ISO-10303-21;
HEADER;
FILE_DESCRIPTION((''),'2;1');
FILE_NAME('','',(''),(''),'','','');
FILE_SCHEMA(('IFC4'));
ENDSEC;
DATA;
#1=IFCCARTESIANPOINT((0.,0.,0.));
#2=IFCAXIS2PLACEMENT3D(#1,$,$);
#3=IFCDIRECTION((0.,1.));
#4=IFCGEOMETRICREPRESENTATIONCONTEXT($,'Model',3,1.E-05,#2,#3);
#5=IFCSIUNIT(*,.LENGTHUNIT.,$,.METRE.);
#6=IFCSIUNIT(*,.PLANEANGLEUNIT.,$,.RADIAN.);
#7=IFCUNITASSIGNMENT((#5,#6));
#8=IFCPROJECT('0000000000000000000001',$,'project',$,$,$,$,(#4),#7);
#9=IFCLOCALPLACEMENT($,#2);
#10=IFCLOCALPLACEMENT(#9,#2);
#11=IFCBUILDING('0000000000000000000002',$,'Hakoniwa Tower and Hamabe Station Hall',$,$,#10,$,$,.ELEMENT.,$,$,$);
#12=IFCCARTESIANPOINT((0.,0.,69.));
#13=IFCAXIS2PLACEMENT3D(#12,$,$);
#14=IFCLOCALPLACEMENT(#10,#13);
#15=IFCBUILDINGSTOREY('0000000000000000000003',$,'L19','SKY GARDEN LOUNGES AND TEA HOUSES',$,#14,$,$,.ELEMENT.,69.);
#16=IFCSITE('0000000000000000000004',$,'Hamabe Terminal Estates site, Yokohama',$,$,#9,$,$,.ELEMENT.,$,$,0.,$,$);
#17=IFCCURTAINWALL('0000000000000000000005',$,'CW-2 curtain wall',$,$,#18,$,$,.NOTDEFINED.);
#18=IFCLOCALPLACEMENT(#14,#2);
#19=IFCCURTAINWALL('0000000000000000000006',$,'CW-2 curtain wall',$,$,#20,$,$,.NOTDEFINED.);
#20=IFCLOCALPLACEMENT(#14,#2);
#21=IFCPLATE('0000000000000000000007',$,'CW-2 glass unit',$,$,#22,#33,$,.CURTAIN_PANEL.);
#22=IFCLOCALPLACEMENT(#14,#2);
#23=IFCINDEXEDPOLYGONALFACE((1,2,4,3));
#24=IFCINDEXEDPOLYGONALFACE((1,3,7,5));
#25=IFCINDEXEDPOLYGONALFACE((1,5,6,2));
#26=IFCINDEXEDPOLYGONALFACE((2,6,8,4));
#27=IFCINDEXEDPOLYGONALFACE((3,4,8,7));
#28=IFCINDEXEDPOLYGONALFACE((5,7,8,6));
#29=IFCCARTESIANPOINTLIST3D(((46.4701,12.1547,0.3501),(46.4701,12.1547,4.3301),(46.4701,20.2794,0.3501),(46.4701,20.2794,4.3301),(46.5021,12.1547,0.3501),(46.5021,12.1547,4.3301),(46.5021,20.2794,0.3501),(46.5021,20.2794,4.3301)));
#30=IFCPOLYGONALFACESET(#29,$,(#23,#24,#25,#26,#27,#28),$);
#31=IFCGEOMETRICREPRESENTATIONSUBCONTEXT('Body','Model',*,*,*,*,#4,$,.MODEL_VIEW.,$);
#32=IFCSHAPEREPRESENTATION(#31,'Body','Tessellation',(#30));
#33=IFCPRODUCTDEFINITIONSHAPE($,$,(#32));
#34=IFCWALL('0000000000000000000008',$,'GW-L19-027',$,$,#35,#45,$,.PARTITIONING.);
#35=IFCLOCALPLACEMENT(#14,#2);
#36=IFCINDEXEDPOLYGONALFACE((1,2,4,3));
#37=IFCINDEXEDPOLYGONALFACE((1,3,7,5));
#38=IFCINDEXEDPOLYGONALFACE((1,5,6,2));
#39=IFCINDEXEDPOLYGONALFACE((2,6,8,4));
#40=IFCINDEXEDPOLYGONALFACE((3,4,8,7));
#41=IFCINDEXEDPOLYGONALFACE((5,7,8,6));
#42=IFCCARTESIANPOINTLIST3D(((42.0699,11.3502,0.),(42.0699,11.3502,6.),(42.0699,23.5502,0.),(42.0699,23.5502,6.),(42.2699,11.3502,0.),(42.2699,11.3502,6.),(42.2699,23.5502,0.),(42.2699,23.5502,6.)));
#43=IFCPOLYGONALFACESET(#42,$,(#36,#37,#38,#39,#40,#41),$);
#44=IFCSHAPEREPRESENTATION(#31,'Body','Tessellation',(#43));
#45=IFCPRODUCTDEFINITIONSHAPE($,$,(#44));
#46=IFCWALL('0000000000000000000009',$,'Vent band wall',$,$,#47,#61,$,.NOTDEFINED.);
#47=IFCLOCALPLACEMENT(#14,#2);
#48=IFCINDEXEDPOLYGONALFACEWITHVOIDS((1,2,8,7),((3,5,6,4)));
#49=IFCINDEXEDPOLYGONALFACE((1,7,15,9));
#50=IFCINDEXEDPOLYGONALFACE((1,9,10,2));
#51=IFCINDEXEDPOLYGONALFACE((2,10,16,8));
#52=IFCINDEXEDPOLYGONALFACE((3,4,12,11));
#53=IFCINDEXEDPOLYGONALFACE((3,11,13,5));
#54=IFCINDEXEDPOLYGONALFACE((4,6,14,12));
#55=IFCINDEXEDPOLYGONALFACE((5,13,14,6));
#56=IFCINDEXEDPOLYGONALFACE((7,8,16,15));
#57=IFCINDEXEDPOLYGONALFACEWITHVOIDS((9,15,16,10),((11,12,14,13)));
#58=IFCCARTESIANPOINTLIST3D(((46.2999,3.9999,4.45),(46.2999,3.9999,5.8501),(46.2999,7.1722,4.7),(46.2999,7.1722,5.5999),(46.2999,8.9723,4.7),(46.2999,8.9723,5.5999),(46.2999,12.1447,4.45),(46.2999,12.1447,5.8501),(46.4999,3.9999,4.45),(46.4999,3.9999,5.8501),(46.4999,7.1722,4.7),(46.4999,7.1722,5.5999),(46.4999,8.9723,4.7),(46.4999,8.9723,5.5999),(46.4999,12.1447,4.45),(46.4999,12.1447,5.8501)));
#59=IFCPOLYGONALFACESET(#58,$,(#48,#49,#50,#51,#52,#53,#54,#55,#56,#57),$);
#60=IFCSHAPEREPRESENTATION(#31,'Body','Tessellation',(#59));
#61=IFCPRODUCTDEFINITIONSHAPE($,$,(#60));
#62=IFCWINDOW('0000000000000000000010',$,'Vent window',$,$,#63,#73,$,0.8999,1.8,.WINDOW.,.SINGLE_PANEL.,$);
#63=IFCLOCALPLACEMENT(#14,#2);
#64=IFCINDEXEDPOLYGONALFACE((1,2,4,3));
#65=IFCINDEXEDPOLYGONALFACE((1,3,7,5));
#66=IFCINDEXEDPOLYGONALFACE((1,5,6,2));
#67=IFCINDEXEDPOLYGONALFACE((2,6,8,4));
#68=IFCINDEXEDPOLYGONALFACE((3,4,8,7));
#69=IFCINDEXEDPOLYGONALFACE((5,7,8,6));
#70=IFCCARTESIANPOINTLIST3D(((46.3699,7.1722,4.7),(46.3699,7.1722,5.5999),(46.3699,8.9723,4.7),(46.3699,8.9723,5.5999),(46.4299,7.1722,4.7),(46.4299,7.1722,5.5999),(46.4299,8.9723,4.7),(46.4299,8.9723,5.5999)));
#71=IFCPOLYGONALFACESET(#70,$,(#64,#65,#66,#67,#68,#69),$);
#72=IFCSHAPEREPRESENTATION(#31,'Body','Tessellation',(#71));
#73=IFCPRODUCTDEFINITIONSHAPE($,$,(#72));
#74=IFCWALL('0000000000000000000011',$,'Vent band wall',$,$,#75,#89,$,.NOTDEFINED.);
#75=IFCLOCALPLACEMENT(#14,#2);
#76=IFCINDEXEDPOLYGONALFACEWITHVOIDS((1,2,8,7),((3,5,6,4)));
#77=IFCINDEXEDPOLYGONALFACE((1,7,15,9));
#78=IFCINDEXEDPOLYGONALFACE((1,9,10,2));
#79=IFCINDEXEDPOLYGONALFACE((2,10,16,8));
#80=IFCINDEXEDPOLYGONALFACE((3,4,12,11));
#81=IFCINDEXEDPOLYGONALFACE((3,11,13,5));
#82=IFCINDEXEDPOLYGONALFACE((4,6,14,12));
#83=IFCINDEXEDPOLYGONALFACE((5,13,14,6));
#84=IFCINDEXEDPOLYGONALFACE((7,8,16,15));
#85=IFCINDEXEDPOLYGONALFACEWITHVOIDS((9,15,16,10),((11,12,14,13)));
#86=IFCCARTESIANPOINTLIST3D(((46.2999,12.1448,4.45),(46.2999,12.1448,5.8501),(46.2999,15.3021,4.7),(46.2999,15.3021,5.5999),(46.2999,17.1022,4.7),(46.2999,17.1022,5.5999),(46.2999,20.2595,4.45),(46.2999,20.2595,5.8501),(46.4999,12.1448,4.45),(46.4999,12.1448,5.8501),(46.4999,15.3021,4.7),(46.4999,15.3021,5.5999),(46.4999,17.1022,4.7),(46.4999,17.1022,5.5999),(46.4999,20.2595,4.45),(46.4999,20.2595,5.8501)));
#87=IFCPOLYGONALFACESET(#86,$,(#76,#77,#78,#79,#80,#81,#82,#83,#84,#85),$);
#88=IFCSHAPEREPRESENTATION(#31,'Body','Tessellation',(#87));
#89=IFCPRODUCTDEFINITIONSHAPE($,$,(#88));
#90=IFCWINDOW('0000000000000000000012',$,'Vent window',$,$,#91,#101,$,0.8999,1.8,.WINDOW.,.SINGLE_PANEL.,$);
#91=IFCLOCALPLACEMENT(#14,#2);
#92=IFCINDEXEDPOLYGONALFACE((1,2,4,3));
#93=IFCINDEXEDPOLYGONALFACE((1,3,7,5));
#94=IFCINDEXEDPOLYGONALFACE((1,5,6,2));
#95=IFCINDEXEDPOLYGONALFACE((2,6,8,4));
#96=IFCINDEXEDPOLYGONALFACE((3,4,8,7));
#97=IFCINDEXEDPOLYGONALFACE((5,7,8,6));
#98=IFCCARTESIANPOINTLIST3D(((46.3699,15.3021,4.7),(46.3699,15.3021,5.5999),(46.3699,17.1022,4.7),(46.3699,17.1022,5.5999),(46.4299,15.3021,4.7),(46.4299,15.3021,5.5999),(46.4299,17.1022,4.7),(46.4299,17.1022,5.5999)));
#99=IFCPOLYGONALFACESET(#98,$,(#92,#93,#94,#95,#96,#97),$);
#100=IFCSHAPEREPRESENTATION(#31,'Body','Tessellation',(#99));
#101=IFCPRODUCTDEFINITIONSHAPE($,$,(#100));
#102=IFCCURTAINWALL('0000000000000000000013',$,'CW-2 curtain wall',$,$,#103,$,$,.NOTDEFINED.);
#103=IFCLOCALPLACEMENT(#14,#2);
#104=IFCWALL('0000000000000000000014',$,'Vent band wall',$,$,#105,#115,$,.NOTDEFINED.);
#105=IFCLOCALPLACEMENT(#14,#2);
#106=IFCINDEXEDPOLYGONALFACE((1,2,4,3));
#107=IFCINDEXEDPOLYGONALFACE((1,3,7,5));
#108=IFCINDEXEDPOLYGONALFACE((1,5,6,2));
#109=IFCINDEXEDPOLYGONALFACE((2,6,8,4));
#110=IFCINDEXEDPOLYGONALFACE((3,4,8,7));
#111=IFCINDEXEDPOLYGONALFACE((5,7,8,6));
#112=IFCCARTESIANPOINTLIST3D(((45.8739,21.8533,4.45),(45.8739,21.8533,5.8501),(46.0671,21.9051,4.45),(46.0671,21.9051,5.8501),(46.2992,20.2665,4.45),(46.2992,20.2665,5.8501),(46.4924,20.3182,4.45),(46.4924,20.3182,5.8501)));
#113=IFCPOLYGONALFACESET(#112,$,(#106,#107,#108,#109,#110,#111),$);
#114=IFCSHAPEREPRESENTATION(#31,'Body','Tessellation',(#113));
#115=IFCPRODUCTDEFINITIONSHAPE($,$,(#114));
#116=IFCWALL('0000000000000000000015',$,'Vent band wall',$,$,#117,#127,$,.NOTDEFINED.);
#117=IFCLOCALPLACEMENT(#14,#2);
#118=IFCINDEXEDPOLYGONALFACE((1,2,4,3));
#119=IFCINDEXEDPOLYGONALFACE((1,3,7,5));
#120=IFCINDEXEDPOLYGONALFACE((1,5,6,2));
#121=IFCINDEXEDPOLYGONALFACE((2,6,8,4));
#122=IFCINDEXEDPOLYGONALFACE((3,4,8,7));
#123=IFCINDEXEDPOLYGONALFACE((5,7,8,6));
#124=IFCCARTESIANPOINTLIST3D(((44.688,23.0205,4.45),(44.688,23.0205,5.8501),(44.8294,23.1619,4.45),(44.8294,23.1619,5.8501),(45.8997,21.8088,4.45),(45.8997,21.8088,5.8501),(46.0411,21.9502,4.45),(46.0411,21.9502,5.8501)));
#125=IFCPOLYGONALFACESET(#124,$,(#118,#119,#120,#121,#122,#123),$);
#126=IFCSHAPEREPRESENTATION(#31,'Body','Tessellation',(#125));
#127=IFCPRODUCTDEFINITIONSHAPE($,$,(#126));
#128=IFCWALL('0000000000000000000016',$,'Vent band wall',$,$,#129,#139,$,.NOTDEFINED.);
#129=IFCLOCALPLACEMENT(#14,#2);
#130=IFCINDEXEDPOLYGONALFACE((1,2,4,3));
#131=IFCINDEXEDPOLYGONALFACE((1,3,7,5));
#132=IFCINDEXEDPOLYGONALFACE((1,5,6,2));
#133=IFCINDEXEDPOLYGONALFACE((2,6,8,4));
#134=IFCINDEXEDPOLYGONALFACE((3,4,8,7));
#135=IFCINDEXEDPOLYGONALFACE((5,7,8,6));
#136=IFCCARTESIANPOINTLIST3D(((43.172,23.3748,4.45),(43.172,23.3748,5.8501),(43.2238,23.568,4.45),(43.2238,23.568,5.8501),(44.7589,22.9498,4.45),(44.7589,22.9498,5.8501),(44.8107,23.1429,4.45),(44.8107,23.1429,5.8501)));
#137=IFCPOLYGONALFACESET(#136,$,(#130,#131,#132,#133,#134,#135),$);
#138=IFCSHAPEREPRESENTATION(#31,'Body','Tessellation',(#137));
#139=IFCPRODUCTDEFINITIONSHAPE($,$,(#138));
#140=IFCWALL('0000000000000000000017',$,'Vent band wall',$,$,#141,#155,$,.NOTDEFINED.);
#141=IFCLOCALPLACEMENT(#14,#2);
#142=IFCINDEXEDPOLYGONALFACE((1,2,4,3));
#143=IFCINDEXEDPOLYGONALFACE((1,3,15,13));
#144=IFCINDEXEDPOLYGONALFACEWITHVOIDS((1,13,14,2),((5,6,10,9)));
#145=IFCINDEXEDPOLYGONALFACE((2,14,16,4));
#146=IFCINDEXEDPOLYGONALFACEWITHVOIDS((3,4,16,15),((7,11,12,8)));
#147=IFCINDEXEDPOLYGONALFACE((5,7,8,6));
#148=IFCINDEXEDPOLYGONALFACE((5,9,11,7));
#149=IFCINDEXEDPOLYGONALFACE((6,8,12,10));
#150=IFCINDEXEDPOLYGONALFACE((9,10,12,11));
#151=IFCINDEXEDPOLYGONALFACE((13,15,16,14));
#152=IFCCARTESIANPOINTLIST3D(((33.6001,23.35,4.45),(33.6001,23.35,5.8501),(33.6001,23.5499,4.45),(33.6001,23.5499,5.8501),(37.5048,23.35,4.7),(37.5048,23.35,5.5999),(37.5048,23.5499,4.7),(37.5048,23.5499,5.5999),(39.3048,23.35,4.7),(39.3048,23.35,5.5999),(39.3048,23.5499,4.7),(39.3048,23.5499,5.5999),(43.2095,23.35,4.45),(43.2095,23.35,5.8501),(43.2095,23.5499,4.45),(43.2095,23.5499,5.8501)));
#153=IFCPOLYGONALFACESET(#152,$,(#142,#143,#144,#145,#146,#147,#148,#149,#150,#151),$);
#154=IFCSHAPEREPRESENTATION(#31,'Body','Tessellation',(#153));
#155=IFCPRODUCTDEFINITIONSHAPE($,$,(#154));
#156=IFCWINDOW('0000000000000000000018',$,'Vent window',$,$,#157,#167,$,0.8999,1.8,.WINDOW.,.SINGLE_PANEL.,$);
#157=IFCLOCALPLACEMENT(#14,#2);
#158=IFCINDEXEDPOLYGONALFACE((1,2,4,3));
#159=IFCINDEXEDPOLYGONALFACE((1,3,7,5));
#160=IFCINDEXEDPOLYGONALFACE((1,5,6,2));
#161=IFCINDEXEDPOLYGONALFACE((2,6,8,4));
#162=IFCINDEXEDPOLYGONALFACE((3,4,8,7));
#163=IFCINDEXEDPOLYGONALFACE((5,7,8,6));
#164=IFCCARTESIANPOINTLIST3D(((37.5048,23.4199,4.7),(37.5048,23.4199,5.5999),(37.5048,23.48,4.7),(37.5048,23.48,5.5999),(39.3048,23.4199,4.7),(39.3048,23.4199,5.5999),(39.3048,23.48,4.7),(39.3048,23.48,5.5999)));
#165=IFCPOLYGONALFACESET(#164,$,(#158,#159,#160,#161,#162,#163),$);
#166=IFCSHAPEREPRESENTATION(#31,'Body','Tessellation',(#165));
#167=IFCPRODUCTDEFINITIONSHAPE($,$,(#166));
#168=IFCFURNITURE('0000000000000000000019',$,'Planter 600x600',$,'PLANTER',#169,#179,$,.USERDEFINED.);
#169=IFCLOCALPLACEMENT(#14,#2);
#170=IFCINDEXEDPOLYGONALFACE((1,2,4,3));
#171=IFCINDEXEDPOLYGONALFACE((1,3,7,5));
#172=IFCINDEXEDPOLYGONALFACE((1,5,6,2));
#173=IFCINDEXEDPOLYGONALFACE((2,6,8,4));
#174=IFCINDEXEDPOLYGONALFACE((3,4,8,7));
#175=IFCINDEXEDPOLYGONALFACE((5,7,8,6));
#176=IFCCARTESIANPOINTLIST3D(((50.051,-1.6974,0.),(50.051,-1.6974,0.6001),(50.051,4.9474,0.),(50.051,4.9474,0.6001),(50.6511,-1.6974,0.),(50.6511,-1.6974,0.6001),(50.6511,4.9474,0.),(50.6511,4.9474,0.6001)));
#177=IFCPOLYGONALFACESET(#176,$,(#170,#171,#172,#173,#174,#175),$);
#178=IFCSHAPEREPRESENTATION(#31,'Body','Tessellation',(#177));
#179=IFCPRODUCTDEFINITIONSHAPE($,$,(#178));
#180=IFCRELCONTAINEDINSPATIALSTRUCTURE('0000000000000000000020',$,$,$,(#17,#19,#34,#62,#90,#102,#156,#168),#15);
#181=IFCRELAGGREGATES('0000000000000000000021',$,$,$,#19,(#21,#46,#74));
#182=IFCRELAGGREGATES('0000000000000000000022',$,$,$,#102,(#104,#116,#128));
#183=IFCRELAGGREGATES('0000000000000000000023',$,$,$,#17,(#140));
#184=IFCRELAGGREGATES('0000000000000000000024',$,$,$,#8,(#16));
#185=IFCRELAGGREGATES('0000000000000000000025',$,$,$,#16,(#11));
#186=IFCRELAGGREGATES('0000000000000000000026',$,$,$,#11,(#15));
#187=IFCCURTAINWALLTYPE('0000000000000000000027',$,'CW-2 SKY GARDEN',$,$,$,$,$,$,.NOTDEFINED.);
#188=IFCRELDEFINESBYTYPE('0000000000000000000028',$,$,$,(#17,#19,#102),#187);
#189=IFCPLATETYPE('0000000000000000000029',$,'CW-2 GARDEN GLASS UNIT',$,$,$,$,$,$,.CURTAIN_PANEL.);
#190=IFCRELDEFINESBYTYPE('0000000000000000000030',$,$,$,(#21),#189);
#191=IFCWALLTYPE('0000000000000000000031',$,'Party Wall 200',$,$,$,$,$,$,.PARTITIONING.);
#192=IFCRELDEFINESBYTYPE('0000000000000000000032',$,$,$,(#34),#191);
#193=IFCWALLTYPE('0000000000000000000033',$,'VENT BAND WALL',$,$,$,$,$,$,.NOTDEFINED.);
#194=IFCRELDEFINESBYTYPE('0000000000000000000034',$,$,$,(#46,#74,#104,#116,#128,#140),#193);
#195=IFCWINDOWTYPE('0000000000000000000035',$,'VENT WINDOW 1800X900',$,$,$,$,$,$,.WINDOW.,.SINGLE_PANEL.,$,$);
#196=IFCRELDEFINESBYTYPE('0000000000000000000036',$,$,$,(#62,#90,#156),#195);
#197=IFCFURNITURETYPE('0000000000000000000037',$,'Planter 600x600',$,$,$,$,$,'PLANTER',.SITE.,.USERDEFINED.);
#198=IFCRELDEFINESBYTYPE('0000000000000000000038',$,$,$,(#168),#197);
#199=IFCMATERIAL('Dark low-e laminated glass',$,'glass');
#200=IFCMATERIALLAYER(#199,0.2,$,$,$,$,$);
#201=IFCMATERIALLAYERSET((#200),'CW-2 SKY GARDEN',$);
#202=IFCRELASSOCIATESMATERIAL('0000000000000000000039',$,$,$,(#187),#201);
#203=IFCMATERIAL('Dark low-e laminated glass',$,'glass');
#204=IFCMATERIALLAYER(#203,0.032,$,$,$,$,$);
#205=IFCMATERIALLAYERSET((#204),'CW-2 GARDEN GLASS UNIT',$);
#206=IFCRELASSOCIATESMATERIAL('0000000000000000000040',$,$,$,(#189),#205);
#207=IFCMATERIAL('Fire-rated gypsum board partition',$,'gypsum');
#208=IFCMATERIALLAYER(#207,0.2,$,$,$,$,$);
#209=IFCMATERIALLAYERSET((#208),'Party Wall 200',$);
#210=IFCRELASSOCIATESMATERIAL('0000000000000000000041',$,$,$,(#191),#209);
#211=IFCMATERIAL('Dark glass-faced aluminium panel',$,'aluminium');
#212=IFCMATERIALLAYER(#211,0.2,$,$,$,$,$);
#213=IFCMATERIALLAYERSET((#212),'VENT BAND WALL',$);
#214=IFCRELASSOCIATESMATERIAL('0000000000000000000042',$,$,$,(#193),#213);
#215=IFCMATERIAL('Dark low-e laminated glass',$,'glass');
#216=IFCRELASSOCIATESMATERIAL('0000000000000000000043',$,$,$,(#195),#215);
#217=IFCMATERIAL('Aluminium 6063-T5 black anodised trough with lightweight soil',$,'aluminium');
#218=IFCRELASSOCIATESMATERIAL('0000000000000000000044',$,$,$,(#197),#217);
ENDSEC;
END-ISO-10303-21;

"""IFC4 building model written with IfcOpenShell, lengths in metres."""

from ifc_helpers import new_model, si_unit, direction, frame, frame_2d, origin, origin_2d, place, context, subcontext, project, spatial, rectangle, extrude, material, layer, layer_set, type_object, element, fill, aggregate, save


model = new_model("IFC4")

# Units and contexts
model_context = context("Model", 3, precision=1e-05, world=origin(), true_north=direction((0.0, 1.0)))
body_context = subcontext(model_context, "Body", "Model", "MODEL_VIEW")
ifc_project = project(units=[si_unit("LENGTHUNIT", "METRE"), si_unit("PLANEANGLEUNIT", "RADIAN")], contexts=[model_context])

# Site, building, storey
site_placement = place(None, origin())
site = spatial("IfcSite", under=ifc_project, at=site_placement, Name="Hamabe Terminal Estates site, Yokohama", CompositionType="ELEMENT", RefElevation=0.0)
building_placement = place(site_placement, origin())
building = spatial("IfcBuilding", under=site, at=building_placement, Name="Hakoniwa Tower and Hamabe Station Hall", CompositionType="ELEMENT")
storey_placement = place(building_placement, frame((0.0, 0.0, 69.0)))
storey = spatial("IfcBuildingStorey", under=building, at=storey_placement, Name="L19", Description="SKY GARDEN LOUNGES AND TEA HOUSES", CompositionType="ELEMENT", Elevation=69.0)

# Curtain walls
ifc_material_1 = material(Name="Dark low-e laminated glass", Category="glass")
ifc_layer_1 = layer(ifc_material_1, 0.2)
ifc_layer_set_1 = layer_set([ifc_layer_1], Name="CW-2 SKY GARDEN")
curtain_wall_type = type_object("IfcCurtainWallType", Name="CW-2 SKY GARDEN", PredefinedType="NOTDEFINED", material=ifc_layer_set_1)
curtain_wall_1_placement = place(storey_placement, origin())
curtain_wall_1 = element("IfcCurtainWall", 1, at=curtain_wall_1_placement, inside=storey, type_object=curtain_wall_type, Name="CW-2 curtain wall", PredefinedType="NOTDEFINED")
curtain_wall_2_placement = place(storey_placement, origin())
curtain_wall_2 = element("IfcCurtainWall", 2, at=curtain_wall_2_placement, inside=storey, type_object=curtain_wall_type, Name="CW-2 curtain wall", PredefinedType="NOTDEFINED")

# Plate
ifc_material_2 = material(Name="Dark low-e laminated glass", Category="glass")
ifc_layer_2 = layer(ifc_material_2, 0.032)
ifc_layer_set_2 = layer_set([ifc_layer_2], Name="CW-2 GARDEN GLASS UNIT")
plate_type = type_object("IfcPlateType", Name="CW-2 GARDEN GLASS UNIT", PredefinedType="CURTAIN_PANEL", material=ifc_layer_set_2)
plate_1_placement = place(storey_placement, frame((46.4861, 16.217, 0.3501), z_axis=(0.0, 0.0, 1.0), x_axis=(0.0, 1.0, 0.0)))
plate_1 = element("IfcPlate", 3, at=plate_1_placement, type_object=plate_type, Name="CW-2 glass unit", PredefinedType="CURTAIN_PANEL", context=body_context, shape_type="SweptSolid", body=[
    extrude(rectangle(XDim=8.1248, YDim=0.032, at=origin_2d()), origin(), (0.0, 0.0, 1.0), 3.98),
])

# Wall
ifc_material_3 = material(Name="Fire-rated gypsum board partition", Category="gypsum")
ifc_layer_3 = layer(ifc_material_3, 0.2)
ifc_layer_set_3 = layer_set([ifc_layer_3], Name="Party Wall 200")
wall_type_1 = type_object("IfcWallType", Name="Party Wall 200", PredefinedType="PARTITIONING", material=ifc_layer_set_3)
wall_1_placement = place(storey_placement, frame((42.1699, 11.3501, 0.0), z_axis=(0.0, 0.0, 1.0), x_axis=(0.0, 1.0, 0.0)))
element("IfcWall", 4, at=wall_1_placement, inside=storey, type_object=wall_type_1, Name="GW-L19-027", PredefinedType="PARTITIONING", context=body_context, shape_type="SweptSolid", body=[
    extrude(rectangle(XDim=12.2, YDim=0.2, at=frame_2d((6.1001, 0.0))), origin(), (0.0, 0.0, 1.0), 6.0),
])

# Walls, openings, windows
ifc_material_4 = material(Name="Dark glass-faced aluminium panel", Category="aluminium")
ifc_layer_4 = layer(ifc_material_4, 0.2)
ifc_layer_set_4 = layer_set([ifc_layer_4], Name="VENT BAND WALL")
wall_type_2 = type_object("IfcWallType", Name="VENT BAND WALL", PredefinedType="NOTDEFINED", material=ifc_layer_set_4)
wall_2_placement = place(storey_placement, frame((46.3999, 4.0, 4.45), z_axis=(0.0, 0.0, 1.0), x_axis=(0.0, 1.0, 0.0)))
wall_2 = element("IfcWall", 5, at=wall_2_placement, type_object=wall_type_2, Name="Vent band wall", PredefinedType="NOTDEFINED", context=body_context, shape_type="SweptSolid", body=[
    extrude(rectangle(XDim=8.1448, YDim=0.2, at=frame_2d((4.0723, 0.0))), origin(), (0.0, 0.0, 1.0), 1.4001),
])
opening_1_placement = place(wall_2_placement, frame((3.1724, 0.0, 0.25)))
opening_1 = element("IfcOpeningElement", 6, at=opening_1_placement, cuts=wall_2, PredefinedType="OPENING", context=body_context, shape_type="SweptSolid", body=[
    extrude(rectangle(XDim=1.8, YDim=0.8999, at=frame_2d((0.8999, 0.45))), frame((0.0, 0.1099, 0.0), z_axis=(0.0, -1.0, 0.0), x_axis=(1.0, 0.0, 0.0)), (0.0, 0.0, 1.0), 0.22),
])
ifc_material_5 = material(Name="Dark low-e laminated glass", Category="glass")
window_type = type_object("IfcWindowType", Name="VENT WINDOW 1800X900", PartitioningType="SINGLE_PANEL", PredefinedType="WINDOW", material=ifc_material_5)
window_1_placement = place(opening_1_placement, origin())
window_1 = element("IfcWindow", 7, at=window_1_placement, inside=storey, type_object=window_type, Name="Vent window", OverallHeight=0.8999, OverallWidth=1.8, PartitioningType="SINGLE_PANEL", PredefinedType="WINDOW", context=body_context, shape_type="SweptSolid", body=[
    extrude(rectangle(XDim=1.8, YDim=0.8999, at=frame_2d((0.8999, 0.45))), frame((0.0, 0.03, 0.0), z_axis=(0.0, -1.0, 0.0), x_axis=(1.0, 0.0, 0.0)), (0.0, 0.0, 1.0), 0.0601),
])
fill(opening_1, window_1)
wall_3_placement = place(storey_placement, frame((46.3999, 12.1448, 4.45), z_axis=(0.0, 0.0, 1.0), x_axis=(0.0, 1.0, 0.0)))
wall_3 = element("IfcWall", 8, at=wall_3_placement, type_object=wall_type_2, Name="Vent band wall", PredefinedType="NOTDEFINED", context=body_context, shape_type="SweptSolid", body=[
    extrude(rectangle(XDim=8.1147, YDim=0.2, at=frame_2d((4.0574, 0.0))), origin(), (0.0, 0.0, 1.0), 1.4001),
])
opening_2_placement = place(wall_3_placement, frame((3.1575, 0.0, 0.25)))
opening_2 = element("IfcOpeningElement", 9, at=opening_2_placement, cuts=wall_3, PredefinedType="OPENING", context=body_context, shape_type="SweptSolid", body=[
    extrude(rectangle(XDim=1.8, YDim=0.8999, at=frame_2d((0.8999, 0.45))), frame((0.0, 0.1099, 0.0), z_axis=(0.0, -1.0, 0.0), x_axis=(1.0, 0.0, 0.0)), (0.0, 0.0, 1.0), 0.22),
])
window_2_placement = place(opening_2_placement, origin())
window_2 = element("IfcWindow", 10, at=window_2_placement, inside=storey, type_object=window_type, Name="Vent window", OverallHeight=0.8999, OverallWidth=1.8, PartitioningType="SINGLE_PANEL", PredefinedType="WINDOW", context=body_context, shape_type="SweptSolid", body=[
    extrude(rectangle(XDim=1.8, YDim=0.8999, at=frame_2d((0.8999, 0.45))), frame((0.0, 0.03, 0.0), z_axis=(0.0, -1.0, 0.0), x_axis=(1.0, 0.0, 0.0)), (0.0, 0.0, 1.0), 0.0601),
])
fill(opening_2, window_2)
aggregate(curtain_wall_2, [plate_1, wall_2, wall_3])

# Curtain wall, walls
curtain_wall_3_placement = place(storey_placement, origin())
curtain_wall_3 = element("IfcCurtainWall", 11, at=curtain_wall_3_placement, inside=storey, type_object=curtain_wall_type, Name="CW-2 curtain wall", PredefinedType="NOTDEFINED")
wall_4_placement = place(storey_placement, frame((46.3958, 20.2925, 4.45), z_axis=(0.0, 0.0, 1.0), x_axis=(-0.258865, 0.965914, 0.0)))
wall_4 = element("IfcWall", 12, at=wall_4_placement, type_object=wall_type_2, Name="Vent band wall", PredefinedType="NOTDEFINED", context=body_context, shape_type="SweptSolid", body=[
    extrude(rectangle(XDim=1.6428, YDim=0.2, at=frame_2d((0.8213, 0.0))), origin(), (0.0, 0.0, 1.0), 1.4001),
])
wall_5_placement = place(storey_placement, frame((45.9705, 21.8794, 4.45), z_axis=(0.0, 0.0, 1.0), x_axis=(-0.707107, 0.707107, 0.0)))
wall_5 = element("IfcWall", 13, at=wall_5_placement, type_object=wall_type_2, Name="Vent band wall", PredefinedType="NOTDEFINED", context=body_context, shape_type="SweptSolid", body=[
    extrude(rectangle(XDim=1.7136, YDim=0.2, at=frame_2d((0.8569, 0.0))), origin(), (0.0, 0.0, 1.0), 1.4001),
])
wall_6_placement = place(storey_placement, frame((44.7847, 23.0464, 4.45), z_axis=(0.0, 0.0, 1.0), x_axis=(-0.965951, 0.258726, 0.0)))
wall_6 = element("IfcWall", 14, at=wall_6_placement, type_object=wall_type_2, Name="Vent band wall", PredefinedType="NOTDEFINED", context=body_context, shape_type="SweptSolid", body=[
    extrude(rectangle(XDim=1.6428, YDim=0.2, at=frame_2d((0.8213, 0.0))), origin(), (0.0, 0.0, 1.0), 1.4001),
])
aggregate(curtain_wall_3, [wall_4, wall_5, wall_6])

# Wall, opening, window
wall_7_placement = place(storey_placement, frame((43.2095, 23.45, 4.45), z_axis=(0.0, 0.0, 1.0), x_axis=(-1.0, 0.0, 0.0)))
wall_7 = element("IfcWall", 15, at=wall_7_placement, type_object=wall_type_2, Name="Vent band wall", PredefinedType="NOTDEFINED", context=body_context, shape_type="SweptSolid", body=[
    extrude(rectangle(XDim=9.6094, YDim=0.2, at=frame_2d((4.8047, 0.0))), origin(), (0.0, 0.0, 1.0), 1.4001),
])
opening_3_placement = place(wall_7_placement, frame((3.9048, 0.0, 0.25)))
opening_3 = element("IfcOpeningElement", 16, at=opening_3_placement, cuts=wall_7, PredefinedType="OPENING", context=body_context, shape_type="SweptSolid", body=[
    extrude(rectangle(XDim=1.8, YDim=0.8999, at=frame_2d((0.8999, 0.45))), frame((0.0, 0.1099, 0.0), z_axis=(0.0, -1.0, 0.0), x_axis=(1.0, 0.0, 0.0)), (0.0, 0.0, 1.0), 0.22),
])
window_3_placement = place(opening_3_placement, origin())
window_3 = element("IfcWindow", 17, at=window_3_placement, inside=storey, type_object=window_type, Name="Vent window", OverallHeight=0.8999, OverallWidth=1.8, PartitioningType="SINGLE_PANEL", PredefinedType="WINDOW", context=body_context, shape_type="SweptSolid", body=[
    extrude(rectangle(XDim=1.8, YDim=0.8999, at=frame_2d((0.8999, 0.45))), frame((0.0, 0.03, 0.0), z_axis=(0.0, -1.0, 0.0), x_axis=(1.0, 0.0, 0.0)), (0.0, 0.0, 1.0), 0.0601),
])
fill(opening_3, window_3)
aggregate(curtain_wall_1, [wall_7])

# Furniture
ifc_material_6 = material(Name="Aluminium 6063-T5 black anodised trough with lightweight soil", Category="aluminium")
furniture_type = type_object("IfcFurnitureType", Name="Planter 600x600", ElementType="PLANTER", AssemblyPlace="SITE", PredefinedType="USERDEFINED", material=ifc_material_6)
for number, where, z_axis, x_axis, name in (
    (18, (50.3511, 1.625, 0.0), (0.0, 0.0, 1.0), (0.0, 1.0, 0.0), "Planter 600x600"),
):
    element("IfcFurniture", number, at=place(storey_placement, frame(where, z_axis=z_axis, x_axis=x_axis)), inside=storey, type_object=furniture_type, Name=name, ObjectType="PLANTER", PredefinedType="USERDEFINED", context=body_context, shape_type="SweptSolid", body=[
        extrude(rectangle(XDim=6.6448, YDim=0.6001, at=origin_2d()), origin(), (0.0, 0.0, 1.0), 0.6001),
    ])

save(model, "model.ifc")
